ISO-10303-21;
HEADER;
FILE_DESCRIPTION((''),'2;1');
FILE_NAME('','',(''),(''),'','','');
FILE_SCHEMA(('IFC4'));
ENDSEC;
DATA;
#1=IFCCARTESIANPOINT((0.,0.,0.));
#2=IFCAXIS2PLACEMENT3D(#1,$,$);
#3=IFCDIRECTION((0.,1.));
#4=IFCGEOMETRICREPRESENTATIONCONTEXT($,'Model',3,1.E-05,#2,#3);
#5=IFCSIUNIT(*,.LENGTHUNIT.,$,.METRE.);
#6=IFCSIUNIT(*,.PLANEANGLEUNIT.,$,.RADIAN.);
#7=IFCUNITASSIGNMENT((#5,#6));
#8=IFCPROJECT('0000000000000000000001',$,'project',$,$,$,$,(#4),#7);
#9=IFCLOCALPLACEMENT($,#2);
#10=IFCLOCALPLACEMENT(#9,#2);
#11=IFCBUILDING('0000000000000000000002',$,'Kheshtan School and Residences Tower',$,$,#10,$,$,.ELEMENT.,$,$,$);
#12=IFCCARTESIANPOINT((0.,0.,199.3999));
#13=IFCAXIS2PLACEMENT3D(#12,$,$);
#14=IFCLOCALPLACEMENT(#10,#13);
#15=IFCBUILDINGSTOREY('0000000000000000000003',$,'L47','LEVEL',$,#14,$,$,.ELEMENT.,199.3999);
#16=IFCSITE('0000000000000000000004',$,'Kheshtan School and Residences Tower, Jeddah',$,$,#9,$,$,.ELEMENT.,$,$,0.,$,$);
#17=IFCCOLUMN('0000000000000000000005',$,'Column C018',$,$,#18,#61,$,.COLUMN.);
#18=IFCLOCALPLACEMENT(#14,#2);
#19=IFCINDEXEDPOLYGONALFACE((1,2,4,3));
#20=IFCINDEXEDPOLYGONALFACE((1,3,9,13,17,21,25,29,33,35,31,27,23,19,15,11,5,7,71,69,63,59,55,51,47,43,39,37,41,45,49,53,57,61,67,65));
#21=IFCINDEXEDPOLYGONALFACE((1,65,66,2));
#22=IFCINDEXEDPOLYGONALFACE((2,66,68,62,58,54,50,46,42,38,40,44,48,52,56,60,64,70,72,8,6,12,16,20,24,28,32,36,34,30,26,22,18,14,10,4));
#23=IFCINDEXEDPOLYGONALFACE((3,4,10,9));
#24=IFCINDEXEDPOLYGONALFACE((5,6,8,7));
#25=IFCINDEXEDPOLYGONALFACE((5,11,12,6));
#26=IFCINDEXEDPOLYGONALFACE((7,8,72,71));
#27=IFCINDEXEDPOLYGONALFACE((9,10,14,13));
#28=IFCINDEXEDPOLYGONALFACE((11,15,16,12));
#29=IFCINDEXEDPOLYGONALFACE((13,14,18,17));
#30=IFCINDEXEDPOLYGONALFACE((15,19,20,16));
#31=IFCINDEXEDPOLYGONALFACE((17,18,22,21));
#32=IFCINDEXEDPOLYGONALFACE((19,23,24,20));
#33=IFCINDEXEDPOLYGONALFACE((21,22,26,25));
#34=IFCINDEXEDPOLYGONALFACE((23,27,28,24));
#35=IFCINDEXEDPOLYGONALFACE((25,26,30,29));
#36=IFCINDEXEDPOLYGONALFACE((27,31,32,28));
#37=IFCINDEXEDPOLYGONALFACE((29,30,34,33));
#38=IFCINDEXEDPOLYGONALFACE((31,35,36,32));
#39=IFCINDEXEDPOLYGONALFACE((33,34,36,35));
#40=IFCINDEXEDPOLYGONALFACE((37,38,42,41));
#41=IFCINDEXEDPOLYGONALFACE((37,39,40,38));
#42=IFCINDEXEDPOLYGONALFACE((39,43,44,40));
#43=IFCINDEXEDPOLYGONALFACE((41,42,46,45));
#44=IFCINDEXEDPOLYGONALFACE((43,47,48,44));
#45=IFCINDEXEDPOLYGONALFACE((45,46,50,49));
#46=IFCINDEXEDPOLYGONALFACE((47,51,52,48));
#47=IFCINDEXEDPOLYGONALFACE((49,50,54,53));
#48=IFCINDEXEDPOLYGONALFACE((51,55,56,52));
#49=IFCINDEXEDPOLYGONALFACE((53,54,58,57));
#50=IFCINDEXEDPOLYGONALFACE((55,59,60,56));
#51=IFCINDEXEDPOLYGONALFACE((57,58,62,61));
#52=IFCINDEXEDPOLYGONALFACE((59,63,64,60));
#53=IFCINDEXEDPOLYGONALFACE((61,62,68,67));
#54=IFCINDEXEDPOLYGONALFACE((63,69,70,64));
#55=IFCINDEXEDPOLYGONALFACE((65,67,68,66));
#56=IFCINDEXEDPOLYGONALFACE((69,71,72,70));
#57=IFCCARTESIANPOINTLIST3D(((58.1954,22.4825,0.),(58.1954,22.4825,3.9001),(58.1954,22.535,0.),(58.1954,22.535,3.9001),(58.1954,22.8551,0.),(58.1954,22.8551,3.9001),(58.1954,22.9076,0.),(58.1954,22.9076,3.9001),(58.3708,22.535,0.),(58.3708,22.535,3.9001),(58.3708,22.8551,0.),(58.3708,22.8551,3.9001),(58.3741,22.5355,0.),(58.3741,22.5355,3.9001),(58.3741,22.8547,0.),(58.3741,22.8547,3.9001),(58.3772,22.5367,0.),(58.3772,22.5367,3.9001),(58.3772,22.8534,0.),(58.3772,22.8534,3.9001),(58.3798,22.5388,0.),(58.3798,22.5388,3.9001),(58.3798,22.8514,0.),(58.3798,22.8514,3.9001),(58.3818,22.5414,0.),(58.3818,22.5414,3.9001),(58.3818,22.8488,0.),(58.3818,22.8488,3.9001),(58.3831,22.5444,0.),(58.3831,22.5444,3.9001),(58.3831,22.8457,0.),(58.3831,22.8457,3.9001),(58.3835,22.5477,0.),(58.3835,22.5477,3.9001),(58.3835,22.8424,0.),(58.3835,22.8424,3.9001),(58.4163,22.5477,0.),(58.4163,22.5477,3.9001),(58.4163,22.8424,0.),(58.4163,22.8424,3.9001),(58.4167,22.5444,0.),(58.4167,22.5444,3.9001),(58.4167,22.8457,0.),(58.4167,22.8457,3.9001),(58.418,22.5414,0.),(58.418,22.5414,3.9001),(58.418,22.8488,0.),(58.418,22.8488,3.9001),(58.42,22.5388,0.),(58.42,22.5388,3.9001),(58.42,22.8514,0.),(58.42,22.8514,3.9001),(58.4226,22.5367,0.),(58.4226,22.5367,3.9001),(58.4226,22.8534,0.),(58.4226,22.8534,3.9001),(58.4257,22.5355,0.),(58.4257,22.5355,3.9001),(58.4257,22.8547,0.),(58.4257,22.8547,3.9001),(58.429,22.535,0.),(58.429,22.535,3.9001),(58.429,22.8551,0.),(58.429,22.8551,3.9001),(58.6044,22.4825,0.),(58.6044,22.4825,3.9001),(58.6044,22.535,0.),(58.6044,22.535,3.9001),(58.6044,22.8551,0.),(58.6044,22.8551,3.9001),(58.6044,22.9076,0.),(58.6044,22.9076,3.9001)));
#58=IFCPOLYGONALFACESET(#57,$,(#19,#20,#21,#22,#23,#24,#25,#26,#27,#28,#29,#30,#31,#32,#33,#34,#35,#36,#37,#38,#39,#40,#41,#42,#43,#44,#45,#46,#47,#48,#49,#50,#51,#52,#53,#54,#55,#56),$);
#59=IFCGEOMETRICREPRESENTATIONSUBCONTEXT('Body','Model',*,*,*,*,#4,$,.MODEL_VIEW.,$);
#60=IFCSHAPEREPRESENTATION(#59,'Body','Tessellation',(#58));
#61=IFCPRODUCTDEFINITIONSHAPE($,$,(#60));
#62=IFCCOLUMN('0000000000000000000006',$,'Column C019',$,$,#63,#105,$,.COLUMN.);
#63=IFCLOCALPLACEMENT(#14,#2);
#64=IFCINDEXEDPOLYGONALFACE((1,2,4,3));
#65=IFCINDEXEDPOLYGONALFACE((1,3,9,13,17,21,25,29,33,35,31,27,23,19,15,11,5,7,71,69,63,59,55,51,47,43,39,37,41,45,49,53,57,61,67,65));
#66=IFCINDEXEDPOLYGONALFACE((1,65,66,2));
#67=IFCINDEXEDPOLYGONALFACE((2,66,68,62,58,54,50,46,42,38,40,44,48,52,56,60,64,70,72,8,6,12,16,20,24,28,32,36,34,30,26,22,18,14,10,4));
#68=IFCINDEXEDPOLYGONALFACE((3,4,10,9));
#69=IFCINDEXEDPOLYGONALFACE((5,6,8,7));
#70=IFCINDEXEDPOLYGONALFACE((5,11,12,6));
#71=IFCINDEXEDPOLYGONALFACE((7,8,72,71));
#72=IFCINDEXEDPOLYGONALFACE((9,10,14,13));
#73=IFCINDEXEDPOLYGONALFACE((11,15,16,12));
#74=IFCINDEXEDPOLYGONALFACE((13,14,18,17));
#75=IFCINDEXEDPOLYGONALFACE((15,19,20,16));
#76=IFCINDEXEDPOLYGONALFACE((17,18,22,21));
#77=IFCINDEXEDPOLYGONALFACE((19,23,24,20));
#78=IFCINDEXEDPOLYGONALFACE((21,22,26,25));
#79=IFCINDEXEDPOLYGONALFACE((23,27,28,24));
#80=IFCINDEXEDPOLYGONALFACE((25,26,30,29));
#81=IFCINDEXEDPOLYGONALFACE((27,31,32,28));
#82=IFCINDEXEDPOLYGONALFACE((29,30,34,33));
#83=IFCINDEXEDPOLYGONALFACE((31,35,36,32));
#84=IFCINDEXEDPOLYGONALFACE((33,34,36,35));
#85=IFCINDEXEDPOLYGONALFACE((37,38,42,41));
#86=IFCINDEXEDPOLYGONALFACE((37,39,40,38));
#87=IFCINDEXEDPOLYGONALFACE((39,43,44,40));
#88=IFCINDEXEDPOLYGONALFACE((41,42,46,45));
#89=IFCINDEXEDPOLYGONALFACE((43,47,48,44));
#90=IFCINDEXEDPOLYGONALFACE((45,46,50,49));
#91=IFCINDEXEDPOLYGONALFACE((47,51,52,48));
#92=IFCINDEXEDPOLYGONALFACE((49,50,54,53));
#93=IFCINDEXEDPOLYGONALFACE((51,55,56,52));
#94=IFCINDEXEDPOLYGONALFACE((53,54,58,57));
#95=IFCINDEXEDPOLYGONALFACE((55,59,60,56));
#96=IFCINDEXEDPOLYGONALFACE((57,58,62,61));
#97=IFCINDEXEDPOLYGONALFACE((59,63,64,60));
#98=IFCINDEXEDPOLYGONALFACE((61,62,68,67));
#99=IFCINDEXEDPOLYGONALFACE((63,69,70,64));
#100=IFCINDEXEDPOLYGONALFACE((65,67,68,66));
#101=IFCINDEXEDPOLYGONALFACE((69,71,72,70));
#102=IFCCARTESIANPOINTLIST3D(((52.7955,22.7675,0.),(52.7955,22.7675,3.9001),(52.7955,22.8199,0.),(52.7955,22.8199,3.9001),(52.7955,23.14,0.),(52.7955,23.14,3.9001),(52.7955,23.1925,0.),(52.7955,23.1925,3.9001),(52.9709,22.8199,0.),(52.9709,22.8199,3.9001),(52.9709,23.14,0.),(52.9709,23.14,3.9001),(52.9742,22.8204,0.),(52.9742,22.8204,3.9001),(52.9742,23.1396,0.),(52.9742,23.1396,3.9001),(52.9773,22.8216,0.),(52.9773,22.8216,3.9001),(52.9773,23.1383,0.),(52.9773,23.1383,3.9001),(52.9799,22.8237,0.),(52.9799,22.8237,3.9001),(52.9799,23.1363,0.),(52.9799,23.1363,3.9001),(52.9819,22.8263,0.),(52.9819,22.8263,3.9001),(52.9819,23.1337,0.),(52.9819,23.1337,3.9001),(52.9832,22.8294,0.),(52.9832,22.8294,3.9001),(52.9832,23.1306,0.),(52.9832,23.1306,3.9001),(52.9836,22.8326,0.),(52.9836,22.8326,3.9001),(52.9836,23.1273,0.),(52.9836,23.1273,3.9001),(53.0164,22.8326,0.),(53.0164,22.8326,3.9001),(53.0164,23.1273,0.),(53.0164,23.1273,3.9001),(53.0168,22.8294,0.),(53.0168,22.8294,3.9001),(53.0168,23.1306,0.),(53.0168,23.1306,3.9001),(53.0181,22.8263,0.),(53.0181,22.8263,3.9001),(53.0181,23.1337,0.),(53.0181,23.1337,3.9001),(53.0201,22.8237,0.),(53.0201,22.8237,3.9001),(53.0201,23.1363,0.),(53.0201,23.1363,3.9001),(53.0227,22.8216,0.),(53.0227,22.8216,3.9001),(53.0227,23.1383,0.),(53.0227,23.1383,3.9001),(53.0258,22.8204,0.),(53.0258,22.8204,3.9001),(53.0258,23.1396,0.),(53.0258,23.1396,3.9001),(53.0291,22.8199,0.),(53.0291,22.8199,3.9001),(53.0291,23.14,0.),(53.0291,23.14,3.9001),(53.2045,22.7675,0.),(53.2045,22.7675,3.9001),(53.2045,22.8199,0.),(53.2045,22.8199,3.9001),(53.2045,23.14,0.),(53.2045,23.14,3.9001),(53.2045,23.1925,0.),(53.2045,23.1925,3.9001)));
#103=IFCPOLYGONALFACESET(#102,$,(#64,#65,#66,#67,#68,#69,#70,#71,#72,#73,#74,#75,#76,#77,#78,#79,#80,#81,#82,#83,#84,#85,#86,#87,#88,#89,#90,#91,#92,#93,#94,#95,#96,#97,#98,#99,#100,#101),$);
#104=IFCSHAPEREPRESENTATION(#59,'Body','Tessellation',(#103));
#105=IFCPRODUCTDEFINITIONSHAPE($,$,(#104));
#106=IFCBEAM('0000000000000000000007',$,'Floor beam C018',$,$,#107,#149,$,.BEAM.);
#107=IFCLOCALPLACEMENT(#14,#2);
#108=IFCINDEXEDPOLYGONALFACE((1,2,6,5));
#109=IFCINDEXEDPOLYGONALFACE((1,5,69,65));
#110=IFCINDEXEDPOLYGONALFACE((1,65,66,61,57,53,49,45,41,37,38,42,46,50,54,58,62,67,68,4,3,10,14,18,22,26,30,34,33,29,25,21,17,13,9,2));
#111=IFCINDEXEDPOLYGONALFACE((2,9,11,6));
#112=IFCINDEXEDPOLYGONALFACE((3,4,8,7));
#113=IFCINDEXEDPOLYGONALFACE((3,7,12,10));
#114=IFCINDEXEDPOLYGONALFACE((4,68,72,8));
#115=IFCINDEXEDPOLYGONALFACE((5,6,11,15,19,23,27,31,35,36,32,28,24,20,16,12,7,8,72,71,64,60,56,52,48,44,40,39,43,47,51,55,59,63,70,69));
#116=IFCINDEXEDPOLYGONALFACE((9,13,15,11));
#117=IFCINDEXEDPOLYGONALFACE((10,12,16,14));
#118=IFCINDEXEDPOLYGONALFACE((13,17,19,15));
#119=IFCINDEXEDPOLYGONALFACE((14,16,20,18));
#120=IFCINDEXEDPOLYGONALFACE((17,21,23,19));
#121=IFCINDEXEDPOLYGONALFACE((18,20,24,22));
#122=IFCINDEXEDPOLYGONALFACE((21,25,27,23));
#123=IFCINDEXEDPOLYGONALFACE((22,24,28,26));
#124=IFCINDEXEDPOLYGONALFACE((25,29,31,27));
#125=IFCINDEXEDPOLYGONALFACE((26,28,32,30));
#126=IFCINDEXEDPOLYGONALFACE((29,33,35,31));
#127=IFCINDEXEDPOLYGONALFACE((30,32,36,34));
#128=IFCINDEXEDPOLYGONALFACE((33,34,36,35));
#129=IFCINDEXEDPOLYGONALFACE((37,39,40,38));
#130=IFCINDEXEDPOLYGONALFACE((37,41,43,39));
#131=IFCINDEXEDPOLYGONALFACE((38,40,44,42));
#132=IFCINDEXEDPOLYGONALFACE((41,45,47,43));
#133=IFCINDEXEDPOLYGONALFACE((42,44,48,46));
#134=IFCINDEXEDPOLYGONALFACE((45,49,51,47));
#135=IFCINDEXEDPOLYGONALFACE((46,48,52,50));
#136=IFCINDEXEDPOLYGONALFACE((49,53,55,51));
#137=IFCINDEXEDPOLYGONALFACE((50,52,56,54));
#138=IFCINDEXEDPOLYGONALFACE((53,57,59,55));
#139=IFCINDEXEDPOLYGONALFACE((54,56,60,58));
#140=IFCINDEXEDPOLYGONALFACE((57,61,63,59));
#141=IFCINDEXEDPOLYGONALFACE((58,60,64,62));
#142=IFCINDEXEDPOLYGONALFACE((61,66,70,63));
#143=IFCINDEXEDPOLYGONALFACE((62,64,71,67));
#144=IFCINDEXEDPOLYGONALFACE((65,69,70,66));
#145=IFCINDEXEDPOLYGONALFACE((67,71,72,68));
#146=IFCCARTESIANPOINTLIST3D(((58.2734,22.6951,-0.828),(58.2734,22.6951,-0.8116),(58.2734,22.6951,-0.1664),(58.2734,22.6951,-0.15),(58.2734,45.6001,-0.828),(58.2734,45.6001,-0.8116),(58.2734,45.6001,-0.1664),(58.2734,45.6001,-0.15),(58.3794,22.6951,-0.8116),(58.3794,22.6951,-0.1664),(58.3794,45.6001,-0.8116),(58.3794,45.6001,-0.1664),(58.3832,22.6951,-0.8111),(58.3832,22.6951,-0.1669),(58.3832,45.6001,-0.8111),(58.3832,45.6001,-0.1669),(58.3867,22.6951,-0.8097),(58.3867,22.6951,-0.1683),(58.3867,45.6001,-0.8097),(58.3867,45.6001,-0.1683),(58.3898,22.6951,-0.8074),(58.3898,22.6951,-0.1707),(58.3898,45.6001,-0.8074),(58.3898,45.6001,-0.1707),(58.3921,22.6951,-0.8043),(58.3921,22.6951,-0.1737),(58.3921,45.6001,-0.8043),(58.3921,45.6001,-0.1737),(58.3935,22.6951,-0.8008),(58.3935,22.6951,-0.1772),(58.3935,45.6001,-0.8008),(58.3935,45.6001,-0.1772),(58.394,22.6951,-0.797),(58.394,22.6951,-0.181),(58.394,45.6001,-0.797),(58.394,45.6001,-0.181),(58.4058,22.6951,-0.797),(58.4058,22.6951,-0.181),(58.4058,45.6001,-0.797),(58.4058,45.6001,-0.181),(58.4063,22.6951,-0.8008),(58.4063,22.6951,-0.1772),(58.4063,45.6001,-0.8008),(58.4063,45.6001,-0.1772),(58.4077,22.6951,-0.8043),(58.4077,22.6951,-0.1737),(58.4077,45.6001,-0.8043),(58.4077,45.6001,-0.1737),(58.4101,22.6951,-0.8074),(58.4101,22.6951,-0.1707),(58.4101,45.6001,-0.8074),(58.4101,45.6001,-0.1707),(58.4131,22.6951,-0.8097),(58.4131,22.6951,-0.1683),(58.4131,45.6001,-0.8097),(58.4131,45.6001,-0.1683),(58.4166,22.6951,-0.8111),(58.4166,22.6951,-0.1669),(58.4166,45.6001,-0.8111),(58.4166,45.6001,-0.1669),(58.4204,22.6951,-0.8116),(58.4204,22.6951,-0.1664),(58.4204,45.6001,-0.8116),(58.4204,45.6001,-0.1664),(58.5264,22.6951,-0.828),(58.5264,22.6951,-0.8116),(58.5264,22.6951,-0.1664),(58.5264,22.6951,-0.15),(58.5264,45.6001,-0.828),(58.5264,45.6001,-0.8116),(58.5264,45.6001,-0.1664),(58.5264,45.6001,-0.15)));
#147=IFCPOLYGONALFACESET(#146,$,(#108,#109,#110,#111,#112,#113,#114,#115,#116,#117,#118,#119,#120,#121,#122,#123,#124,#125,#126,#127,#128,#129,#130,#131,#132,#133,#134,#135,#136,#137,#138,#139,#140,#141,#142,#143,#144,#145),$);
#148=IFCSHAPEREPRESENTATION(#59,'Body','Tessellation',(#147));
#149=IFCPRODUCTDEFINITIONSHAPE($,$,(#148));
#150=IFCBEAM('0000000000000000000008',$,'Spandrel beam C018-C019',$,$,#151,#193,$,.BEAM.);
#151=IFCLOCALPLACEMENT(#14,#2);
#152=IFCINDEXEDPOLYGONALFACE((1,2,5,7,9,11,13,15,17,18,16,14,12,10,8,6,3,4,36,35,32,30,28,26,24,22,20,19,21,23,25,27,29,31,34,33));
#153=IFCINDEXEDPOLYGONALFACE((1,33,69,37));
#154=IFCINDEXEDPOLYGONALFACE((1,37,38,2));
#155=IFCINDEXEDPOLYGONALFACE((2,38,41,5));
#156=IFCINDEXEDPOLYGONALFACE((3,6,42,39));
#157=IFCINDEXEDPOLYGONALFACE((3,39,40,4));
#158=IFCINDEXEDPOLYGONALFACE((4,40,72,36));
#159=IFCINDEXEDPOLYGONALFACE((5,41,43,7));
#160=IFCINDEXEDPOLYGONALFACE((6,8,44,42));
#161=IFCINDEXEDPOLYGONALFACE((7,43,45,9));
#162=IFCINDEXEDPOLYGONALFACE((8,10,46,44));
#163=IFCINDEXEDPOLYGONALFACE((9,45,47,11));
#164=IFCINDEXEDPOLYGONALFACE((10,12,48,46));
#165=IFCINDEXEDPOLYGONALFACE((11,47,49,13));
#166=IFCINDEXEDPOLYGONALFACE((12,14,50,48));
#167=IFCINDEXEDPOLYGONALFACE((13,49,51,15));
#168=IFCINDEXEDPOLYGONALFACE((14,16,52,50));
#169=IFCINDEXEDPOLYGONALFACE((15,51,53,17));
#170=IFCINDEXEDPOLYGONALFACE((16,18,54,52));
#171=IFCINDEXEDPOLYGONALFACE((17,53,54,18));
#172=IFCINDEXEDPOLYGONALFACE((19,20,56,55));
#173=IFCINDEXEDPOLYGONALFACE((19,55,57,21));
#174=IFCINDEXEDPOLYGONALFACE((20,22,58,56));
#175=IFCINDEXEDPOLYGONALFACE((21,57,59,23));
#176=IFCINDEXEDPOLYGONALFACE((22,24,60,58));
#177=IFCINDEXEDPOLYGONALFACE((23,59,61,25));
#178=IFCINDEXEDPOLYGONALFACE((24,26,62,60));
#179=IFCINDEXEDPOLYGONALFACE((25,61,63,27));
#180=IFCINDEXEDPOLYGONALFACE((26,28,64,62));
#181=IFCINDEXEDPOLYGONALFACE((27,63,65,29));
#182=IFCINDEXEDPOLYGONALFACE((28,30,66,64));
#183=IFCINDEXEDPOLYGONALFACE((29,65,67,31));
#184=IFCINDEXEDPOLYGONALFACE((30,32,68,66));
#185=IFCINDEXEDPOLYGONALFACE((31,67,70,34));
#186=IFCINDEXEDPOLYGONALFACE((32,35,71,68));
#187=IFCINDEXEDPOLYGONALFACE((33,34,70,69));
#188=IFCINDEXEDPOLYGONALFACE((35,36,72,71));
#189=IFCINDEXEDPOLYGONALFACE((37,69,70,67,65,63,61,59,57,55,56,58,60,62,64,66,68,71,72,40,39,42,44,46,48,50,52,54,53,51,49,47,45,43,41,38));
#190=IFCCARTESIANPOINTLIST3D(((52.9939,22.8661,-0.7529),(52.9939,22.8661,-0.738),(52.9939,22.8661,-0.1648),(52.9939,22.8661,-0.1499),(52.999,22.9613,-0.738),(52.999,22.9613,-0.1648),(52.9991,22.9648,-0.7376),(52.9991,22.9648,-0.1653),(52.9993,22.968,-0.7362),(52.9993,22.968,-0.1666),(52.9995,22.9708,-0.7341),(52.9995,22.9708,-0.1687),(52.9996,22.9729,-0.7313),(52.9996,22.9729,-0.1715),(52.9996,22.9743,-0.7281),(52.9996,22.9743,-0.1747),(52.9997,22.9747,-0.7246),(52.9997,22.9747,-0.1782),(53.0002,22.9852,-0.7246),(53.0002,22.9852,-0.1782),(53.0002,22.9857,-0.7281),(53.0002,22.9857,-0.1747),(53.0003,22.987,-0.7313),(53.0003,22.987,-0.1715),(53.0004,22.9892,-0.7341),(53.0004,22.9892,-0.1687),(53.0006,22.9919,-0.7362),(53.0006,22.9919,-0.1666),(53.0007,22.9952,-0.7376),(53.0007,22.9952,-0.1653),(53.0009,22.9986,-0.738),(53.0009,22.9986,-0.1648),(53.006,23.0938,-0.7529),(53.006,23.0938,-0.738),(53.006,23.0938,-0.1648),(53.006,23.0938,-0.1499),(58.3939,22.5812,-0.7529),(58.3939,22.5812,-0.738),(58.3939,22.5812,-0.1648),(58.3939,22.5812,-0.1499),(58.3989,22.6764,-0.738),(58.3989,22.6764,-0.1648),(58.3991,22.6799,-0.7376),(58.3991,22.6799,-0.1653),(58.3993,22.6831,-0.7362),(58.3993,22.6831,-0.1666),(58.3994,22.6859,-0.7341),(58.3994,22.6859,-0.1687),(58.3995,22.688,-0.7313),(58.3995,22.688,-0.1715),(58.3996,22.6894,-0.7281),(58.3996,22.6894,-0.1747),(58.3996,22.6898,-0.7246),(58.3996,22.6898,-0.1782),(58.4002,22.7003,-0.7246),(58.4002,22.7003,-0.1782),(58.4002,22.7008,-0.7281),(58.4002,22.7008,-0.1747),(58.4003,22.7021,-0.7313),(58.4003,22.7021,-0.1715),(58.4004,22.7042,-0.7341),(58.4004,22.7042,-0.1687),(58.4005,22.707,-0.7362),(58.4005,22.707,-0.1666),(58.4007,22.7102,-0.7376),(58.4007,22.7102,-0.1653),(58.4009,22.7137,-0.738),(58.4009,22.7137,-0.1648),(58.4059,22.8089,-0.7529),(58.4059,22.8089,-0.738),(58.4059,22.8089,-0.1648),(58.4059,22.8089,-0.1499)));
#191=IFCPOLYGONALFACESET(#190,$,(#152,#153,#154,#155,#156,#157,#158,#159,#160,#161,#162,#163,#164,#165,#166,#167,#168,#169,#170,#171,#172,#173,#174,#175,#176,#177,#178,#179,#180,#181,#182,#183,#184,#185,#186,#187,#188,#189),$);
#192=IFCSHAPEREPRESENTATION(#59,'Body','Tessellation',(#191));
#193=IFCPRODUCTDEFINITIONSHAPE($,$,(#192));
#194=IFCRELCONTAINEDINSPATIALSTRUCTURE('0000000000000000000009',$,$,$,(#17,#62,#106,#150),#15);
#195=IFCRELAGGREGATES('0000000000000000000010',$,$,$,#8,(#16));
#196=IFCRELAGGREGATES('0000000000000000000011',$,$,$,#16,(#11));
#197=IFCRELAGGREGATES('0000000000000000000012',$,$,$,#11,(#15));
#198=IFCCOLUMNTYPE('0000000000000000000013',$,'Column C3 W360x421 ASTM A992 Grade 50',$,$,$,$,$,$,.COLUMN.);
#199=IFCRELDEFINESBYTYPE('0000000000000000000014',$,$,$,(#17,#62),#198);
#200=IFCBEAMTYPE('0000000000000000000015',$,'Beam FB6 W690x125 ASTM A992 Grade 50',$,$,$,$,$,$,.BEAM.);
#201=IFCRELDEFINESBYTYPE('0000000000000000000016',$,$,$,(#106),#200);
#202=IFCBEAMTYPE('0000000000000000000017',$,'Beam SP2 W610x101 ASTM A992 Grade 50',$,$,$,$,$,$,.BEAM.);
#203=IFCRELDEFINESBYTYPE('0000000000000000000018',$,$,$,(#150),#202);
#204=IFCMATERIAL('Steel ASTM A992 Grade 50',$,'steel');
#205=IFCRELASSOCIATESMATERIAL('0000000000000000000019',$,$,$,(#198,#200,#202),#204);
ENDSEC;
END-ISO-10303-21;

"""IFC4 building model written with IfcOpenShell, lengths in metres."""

from ifc_helpers import new_model, si_unit, direction, frame, origin, origin_2d, place, context, subcontext, project, spatial, i_section, extrude, material, material_profile, profile_set, type_object, element, save


model = new_model("IFC4")

# Units and contexts
model_context = context("Model", 3, precision=1e-05, world=origin(), true_north=direction((0.0, 1.0)))
body_context = subcontext(model_context, "Body", "Model", "MODEL_VIEW")
ifc_project = project(units=[si_unit("LENGTHUNIT", "METRE"), si_unit("PLANEANGLEUNIT", "RADIAN")], contexts=[model_context])

# Site, building, storey
site_placement = place(None, origin())
site = spatial("IfcSite", under=ifc_project, at=site_placement, Name="Kheshtan School and Residences Tower, Jeddah", CompositionType="ELEMENT", RefElevation=0.0)
building_placement = place(site_placement, origin())
building = spatial("IfcBuilding", under=site, at=building_placement, Name="Kheshtan School and Residences Tower", CompositionType="ELEMENT")
storey_placement = place(building_placement, frame((0.0, 0.0, 199.3999)))
storey = spatial("IfcBuildingStorey", under=building, at=storey_placement, Name="L47", Description="LEVEL", CompositionType="ELEMENT", Elevation=199.3999)

# Columns
ifc_material_1 = material(Name="Steel ASTM A992 Grade 50", Category="steel")
ifc_material_profile_1 = material_profile(ifc_material_1, i_section(OverallWidth=0.4089, OverallDepth=0.425, WebThickness=0.0327, FlangeThickness=0.0525, FilletRadius=0.0127, at=origin_2d()), Name="W360x421")
ifc_profile_set_1 = profile_set([ifc_material_profile_1], Name="Steel ASTM A992 Grade 50")
column_type = type_object("IfcColumnType", Name="Column C3 W360x421 ASTM A992 Grade 50", PredefinedType="COLUMN", material=ifc_profile_set_1)
for number, where, z_axis, x_axis, name in (
    (1, (58.3999, 22.6951, 0.0), (0.0, 0.0, 1.0), (1.0, 0.0, 0.0), "Column C018"),
    (2, (53.0, 22.98, 0.0), (0.0, 0.0, 1.0), (1.0, 0.0, 0.0), "Column C019"),
):
    element("IfcColumn", number, at=place(storey_placement, frame(where, z_axis=z_axis, x_axis=x_axis)), inside=storey, type_object=column_type, Name=name, PredefinedType="COLUMN", context=body_context, shape_type="SweptSolid", body=[
        extrude(i_section(OverallWidth=0.4089, OverallDepth=0.425, WebThickness=0.0327, FlangeThickness=0.0525, FilletRadius=0.0127, at=origin_2d()), origin(), (0.0, 0.0, 1.0), 3.9001),
    ])

# Beams
ifc_material_profile_2 = material_profile(ifc_material_1, i_section(OverallWidth=0.2529, OverallDepth=0.678, WebThickness=0.0117, FlangeThickness=0.0164, FilletRadius=0.0146, at=origin_2d()), Name="W690x125")
ifc_profile_set_2 = profile_set([ifc_material_profile_2], Name="Steel ASTM A992 Grade 50")
beam_type_1 = type_object("IfcBeamType", Name="Beam FB6 W690x125 ASTM A992 Grade 50", PredefinedType="BEAM", material=ifc_profile_set_2)
beam_placement = place(storey_placement, frame((58.3999, 22.6951, -0.489), z_axis=(0.0, 1.0, 0.0), x_axis=(-1.0, 0.0, 0.0)))
element("IfcBeam", 3, at=beam_placement, inside=storey, type_object=beam_type_1, Name="Floor beam C018", PredefinedType="BEAM", context=body_context, shape_type="SweptSolid", body=[
    extrude(i_section(OverallWidth=0.2529, OverallDepth=0.678, WebThickness=0.0117, FlangeThickness=0.0164, FilletRadius=0.0146, at=origin_2d()), origin(), (0.0, 0.0, 1.0), 22.905),
])
ifc_material_profile_3 = material_profile(ifc_material_1, i_section(OverallWidth=0.228, OverallDepth=0.603, WebThickness=0.0105, FlangeThickness=0.0149, FilletRadius=0.0134, at=origin_2d()), Name="W610x101")
ifc_profile_set_3 = profile_set([ifc_material_profile_3], Name="Steel ASTM A992 Grade 50")
beam_type_2 = type_object("IfcBeamType", Name="Beam SP2 W610x101 ASTM A992 Grade 50", PredefinedType="BEAM", material=ifc_profile_set_3)
for number, where, z_axis, x_axis, name in (
    (4, (58.3999, 22.6951, -0.4514), (-0.998611, 0.052689, 0.0), (-0.052689, -0.998611, 0.0), "Spandrel beam C018-C019"),
):
    element("IfcBeam", number, at=place(storey_placement, frame(where, z_axis=z_axis, x_axis=x_axis)), inside=storey, type_object=beam_type_2, Name=name, PredefinedType="BEAM", context=body_context, shape_type="SweptSolid", body=[
        extrude(i_section(OverallWidth=0.228, OverallDepth=0.603, WebThickness=0.0105, FlangeThickness=0.0149, FilletRadius=0.0134, at=origin_2d()), origin(), (0.0, 0.0, 1.0), 5.4075),
    ])

save(model, "model.ifc")
